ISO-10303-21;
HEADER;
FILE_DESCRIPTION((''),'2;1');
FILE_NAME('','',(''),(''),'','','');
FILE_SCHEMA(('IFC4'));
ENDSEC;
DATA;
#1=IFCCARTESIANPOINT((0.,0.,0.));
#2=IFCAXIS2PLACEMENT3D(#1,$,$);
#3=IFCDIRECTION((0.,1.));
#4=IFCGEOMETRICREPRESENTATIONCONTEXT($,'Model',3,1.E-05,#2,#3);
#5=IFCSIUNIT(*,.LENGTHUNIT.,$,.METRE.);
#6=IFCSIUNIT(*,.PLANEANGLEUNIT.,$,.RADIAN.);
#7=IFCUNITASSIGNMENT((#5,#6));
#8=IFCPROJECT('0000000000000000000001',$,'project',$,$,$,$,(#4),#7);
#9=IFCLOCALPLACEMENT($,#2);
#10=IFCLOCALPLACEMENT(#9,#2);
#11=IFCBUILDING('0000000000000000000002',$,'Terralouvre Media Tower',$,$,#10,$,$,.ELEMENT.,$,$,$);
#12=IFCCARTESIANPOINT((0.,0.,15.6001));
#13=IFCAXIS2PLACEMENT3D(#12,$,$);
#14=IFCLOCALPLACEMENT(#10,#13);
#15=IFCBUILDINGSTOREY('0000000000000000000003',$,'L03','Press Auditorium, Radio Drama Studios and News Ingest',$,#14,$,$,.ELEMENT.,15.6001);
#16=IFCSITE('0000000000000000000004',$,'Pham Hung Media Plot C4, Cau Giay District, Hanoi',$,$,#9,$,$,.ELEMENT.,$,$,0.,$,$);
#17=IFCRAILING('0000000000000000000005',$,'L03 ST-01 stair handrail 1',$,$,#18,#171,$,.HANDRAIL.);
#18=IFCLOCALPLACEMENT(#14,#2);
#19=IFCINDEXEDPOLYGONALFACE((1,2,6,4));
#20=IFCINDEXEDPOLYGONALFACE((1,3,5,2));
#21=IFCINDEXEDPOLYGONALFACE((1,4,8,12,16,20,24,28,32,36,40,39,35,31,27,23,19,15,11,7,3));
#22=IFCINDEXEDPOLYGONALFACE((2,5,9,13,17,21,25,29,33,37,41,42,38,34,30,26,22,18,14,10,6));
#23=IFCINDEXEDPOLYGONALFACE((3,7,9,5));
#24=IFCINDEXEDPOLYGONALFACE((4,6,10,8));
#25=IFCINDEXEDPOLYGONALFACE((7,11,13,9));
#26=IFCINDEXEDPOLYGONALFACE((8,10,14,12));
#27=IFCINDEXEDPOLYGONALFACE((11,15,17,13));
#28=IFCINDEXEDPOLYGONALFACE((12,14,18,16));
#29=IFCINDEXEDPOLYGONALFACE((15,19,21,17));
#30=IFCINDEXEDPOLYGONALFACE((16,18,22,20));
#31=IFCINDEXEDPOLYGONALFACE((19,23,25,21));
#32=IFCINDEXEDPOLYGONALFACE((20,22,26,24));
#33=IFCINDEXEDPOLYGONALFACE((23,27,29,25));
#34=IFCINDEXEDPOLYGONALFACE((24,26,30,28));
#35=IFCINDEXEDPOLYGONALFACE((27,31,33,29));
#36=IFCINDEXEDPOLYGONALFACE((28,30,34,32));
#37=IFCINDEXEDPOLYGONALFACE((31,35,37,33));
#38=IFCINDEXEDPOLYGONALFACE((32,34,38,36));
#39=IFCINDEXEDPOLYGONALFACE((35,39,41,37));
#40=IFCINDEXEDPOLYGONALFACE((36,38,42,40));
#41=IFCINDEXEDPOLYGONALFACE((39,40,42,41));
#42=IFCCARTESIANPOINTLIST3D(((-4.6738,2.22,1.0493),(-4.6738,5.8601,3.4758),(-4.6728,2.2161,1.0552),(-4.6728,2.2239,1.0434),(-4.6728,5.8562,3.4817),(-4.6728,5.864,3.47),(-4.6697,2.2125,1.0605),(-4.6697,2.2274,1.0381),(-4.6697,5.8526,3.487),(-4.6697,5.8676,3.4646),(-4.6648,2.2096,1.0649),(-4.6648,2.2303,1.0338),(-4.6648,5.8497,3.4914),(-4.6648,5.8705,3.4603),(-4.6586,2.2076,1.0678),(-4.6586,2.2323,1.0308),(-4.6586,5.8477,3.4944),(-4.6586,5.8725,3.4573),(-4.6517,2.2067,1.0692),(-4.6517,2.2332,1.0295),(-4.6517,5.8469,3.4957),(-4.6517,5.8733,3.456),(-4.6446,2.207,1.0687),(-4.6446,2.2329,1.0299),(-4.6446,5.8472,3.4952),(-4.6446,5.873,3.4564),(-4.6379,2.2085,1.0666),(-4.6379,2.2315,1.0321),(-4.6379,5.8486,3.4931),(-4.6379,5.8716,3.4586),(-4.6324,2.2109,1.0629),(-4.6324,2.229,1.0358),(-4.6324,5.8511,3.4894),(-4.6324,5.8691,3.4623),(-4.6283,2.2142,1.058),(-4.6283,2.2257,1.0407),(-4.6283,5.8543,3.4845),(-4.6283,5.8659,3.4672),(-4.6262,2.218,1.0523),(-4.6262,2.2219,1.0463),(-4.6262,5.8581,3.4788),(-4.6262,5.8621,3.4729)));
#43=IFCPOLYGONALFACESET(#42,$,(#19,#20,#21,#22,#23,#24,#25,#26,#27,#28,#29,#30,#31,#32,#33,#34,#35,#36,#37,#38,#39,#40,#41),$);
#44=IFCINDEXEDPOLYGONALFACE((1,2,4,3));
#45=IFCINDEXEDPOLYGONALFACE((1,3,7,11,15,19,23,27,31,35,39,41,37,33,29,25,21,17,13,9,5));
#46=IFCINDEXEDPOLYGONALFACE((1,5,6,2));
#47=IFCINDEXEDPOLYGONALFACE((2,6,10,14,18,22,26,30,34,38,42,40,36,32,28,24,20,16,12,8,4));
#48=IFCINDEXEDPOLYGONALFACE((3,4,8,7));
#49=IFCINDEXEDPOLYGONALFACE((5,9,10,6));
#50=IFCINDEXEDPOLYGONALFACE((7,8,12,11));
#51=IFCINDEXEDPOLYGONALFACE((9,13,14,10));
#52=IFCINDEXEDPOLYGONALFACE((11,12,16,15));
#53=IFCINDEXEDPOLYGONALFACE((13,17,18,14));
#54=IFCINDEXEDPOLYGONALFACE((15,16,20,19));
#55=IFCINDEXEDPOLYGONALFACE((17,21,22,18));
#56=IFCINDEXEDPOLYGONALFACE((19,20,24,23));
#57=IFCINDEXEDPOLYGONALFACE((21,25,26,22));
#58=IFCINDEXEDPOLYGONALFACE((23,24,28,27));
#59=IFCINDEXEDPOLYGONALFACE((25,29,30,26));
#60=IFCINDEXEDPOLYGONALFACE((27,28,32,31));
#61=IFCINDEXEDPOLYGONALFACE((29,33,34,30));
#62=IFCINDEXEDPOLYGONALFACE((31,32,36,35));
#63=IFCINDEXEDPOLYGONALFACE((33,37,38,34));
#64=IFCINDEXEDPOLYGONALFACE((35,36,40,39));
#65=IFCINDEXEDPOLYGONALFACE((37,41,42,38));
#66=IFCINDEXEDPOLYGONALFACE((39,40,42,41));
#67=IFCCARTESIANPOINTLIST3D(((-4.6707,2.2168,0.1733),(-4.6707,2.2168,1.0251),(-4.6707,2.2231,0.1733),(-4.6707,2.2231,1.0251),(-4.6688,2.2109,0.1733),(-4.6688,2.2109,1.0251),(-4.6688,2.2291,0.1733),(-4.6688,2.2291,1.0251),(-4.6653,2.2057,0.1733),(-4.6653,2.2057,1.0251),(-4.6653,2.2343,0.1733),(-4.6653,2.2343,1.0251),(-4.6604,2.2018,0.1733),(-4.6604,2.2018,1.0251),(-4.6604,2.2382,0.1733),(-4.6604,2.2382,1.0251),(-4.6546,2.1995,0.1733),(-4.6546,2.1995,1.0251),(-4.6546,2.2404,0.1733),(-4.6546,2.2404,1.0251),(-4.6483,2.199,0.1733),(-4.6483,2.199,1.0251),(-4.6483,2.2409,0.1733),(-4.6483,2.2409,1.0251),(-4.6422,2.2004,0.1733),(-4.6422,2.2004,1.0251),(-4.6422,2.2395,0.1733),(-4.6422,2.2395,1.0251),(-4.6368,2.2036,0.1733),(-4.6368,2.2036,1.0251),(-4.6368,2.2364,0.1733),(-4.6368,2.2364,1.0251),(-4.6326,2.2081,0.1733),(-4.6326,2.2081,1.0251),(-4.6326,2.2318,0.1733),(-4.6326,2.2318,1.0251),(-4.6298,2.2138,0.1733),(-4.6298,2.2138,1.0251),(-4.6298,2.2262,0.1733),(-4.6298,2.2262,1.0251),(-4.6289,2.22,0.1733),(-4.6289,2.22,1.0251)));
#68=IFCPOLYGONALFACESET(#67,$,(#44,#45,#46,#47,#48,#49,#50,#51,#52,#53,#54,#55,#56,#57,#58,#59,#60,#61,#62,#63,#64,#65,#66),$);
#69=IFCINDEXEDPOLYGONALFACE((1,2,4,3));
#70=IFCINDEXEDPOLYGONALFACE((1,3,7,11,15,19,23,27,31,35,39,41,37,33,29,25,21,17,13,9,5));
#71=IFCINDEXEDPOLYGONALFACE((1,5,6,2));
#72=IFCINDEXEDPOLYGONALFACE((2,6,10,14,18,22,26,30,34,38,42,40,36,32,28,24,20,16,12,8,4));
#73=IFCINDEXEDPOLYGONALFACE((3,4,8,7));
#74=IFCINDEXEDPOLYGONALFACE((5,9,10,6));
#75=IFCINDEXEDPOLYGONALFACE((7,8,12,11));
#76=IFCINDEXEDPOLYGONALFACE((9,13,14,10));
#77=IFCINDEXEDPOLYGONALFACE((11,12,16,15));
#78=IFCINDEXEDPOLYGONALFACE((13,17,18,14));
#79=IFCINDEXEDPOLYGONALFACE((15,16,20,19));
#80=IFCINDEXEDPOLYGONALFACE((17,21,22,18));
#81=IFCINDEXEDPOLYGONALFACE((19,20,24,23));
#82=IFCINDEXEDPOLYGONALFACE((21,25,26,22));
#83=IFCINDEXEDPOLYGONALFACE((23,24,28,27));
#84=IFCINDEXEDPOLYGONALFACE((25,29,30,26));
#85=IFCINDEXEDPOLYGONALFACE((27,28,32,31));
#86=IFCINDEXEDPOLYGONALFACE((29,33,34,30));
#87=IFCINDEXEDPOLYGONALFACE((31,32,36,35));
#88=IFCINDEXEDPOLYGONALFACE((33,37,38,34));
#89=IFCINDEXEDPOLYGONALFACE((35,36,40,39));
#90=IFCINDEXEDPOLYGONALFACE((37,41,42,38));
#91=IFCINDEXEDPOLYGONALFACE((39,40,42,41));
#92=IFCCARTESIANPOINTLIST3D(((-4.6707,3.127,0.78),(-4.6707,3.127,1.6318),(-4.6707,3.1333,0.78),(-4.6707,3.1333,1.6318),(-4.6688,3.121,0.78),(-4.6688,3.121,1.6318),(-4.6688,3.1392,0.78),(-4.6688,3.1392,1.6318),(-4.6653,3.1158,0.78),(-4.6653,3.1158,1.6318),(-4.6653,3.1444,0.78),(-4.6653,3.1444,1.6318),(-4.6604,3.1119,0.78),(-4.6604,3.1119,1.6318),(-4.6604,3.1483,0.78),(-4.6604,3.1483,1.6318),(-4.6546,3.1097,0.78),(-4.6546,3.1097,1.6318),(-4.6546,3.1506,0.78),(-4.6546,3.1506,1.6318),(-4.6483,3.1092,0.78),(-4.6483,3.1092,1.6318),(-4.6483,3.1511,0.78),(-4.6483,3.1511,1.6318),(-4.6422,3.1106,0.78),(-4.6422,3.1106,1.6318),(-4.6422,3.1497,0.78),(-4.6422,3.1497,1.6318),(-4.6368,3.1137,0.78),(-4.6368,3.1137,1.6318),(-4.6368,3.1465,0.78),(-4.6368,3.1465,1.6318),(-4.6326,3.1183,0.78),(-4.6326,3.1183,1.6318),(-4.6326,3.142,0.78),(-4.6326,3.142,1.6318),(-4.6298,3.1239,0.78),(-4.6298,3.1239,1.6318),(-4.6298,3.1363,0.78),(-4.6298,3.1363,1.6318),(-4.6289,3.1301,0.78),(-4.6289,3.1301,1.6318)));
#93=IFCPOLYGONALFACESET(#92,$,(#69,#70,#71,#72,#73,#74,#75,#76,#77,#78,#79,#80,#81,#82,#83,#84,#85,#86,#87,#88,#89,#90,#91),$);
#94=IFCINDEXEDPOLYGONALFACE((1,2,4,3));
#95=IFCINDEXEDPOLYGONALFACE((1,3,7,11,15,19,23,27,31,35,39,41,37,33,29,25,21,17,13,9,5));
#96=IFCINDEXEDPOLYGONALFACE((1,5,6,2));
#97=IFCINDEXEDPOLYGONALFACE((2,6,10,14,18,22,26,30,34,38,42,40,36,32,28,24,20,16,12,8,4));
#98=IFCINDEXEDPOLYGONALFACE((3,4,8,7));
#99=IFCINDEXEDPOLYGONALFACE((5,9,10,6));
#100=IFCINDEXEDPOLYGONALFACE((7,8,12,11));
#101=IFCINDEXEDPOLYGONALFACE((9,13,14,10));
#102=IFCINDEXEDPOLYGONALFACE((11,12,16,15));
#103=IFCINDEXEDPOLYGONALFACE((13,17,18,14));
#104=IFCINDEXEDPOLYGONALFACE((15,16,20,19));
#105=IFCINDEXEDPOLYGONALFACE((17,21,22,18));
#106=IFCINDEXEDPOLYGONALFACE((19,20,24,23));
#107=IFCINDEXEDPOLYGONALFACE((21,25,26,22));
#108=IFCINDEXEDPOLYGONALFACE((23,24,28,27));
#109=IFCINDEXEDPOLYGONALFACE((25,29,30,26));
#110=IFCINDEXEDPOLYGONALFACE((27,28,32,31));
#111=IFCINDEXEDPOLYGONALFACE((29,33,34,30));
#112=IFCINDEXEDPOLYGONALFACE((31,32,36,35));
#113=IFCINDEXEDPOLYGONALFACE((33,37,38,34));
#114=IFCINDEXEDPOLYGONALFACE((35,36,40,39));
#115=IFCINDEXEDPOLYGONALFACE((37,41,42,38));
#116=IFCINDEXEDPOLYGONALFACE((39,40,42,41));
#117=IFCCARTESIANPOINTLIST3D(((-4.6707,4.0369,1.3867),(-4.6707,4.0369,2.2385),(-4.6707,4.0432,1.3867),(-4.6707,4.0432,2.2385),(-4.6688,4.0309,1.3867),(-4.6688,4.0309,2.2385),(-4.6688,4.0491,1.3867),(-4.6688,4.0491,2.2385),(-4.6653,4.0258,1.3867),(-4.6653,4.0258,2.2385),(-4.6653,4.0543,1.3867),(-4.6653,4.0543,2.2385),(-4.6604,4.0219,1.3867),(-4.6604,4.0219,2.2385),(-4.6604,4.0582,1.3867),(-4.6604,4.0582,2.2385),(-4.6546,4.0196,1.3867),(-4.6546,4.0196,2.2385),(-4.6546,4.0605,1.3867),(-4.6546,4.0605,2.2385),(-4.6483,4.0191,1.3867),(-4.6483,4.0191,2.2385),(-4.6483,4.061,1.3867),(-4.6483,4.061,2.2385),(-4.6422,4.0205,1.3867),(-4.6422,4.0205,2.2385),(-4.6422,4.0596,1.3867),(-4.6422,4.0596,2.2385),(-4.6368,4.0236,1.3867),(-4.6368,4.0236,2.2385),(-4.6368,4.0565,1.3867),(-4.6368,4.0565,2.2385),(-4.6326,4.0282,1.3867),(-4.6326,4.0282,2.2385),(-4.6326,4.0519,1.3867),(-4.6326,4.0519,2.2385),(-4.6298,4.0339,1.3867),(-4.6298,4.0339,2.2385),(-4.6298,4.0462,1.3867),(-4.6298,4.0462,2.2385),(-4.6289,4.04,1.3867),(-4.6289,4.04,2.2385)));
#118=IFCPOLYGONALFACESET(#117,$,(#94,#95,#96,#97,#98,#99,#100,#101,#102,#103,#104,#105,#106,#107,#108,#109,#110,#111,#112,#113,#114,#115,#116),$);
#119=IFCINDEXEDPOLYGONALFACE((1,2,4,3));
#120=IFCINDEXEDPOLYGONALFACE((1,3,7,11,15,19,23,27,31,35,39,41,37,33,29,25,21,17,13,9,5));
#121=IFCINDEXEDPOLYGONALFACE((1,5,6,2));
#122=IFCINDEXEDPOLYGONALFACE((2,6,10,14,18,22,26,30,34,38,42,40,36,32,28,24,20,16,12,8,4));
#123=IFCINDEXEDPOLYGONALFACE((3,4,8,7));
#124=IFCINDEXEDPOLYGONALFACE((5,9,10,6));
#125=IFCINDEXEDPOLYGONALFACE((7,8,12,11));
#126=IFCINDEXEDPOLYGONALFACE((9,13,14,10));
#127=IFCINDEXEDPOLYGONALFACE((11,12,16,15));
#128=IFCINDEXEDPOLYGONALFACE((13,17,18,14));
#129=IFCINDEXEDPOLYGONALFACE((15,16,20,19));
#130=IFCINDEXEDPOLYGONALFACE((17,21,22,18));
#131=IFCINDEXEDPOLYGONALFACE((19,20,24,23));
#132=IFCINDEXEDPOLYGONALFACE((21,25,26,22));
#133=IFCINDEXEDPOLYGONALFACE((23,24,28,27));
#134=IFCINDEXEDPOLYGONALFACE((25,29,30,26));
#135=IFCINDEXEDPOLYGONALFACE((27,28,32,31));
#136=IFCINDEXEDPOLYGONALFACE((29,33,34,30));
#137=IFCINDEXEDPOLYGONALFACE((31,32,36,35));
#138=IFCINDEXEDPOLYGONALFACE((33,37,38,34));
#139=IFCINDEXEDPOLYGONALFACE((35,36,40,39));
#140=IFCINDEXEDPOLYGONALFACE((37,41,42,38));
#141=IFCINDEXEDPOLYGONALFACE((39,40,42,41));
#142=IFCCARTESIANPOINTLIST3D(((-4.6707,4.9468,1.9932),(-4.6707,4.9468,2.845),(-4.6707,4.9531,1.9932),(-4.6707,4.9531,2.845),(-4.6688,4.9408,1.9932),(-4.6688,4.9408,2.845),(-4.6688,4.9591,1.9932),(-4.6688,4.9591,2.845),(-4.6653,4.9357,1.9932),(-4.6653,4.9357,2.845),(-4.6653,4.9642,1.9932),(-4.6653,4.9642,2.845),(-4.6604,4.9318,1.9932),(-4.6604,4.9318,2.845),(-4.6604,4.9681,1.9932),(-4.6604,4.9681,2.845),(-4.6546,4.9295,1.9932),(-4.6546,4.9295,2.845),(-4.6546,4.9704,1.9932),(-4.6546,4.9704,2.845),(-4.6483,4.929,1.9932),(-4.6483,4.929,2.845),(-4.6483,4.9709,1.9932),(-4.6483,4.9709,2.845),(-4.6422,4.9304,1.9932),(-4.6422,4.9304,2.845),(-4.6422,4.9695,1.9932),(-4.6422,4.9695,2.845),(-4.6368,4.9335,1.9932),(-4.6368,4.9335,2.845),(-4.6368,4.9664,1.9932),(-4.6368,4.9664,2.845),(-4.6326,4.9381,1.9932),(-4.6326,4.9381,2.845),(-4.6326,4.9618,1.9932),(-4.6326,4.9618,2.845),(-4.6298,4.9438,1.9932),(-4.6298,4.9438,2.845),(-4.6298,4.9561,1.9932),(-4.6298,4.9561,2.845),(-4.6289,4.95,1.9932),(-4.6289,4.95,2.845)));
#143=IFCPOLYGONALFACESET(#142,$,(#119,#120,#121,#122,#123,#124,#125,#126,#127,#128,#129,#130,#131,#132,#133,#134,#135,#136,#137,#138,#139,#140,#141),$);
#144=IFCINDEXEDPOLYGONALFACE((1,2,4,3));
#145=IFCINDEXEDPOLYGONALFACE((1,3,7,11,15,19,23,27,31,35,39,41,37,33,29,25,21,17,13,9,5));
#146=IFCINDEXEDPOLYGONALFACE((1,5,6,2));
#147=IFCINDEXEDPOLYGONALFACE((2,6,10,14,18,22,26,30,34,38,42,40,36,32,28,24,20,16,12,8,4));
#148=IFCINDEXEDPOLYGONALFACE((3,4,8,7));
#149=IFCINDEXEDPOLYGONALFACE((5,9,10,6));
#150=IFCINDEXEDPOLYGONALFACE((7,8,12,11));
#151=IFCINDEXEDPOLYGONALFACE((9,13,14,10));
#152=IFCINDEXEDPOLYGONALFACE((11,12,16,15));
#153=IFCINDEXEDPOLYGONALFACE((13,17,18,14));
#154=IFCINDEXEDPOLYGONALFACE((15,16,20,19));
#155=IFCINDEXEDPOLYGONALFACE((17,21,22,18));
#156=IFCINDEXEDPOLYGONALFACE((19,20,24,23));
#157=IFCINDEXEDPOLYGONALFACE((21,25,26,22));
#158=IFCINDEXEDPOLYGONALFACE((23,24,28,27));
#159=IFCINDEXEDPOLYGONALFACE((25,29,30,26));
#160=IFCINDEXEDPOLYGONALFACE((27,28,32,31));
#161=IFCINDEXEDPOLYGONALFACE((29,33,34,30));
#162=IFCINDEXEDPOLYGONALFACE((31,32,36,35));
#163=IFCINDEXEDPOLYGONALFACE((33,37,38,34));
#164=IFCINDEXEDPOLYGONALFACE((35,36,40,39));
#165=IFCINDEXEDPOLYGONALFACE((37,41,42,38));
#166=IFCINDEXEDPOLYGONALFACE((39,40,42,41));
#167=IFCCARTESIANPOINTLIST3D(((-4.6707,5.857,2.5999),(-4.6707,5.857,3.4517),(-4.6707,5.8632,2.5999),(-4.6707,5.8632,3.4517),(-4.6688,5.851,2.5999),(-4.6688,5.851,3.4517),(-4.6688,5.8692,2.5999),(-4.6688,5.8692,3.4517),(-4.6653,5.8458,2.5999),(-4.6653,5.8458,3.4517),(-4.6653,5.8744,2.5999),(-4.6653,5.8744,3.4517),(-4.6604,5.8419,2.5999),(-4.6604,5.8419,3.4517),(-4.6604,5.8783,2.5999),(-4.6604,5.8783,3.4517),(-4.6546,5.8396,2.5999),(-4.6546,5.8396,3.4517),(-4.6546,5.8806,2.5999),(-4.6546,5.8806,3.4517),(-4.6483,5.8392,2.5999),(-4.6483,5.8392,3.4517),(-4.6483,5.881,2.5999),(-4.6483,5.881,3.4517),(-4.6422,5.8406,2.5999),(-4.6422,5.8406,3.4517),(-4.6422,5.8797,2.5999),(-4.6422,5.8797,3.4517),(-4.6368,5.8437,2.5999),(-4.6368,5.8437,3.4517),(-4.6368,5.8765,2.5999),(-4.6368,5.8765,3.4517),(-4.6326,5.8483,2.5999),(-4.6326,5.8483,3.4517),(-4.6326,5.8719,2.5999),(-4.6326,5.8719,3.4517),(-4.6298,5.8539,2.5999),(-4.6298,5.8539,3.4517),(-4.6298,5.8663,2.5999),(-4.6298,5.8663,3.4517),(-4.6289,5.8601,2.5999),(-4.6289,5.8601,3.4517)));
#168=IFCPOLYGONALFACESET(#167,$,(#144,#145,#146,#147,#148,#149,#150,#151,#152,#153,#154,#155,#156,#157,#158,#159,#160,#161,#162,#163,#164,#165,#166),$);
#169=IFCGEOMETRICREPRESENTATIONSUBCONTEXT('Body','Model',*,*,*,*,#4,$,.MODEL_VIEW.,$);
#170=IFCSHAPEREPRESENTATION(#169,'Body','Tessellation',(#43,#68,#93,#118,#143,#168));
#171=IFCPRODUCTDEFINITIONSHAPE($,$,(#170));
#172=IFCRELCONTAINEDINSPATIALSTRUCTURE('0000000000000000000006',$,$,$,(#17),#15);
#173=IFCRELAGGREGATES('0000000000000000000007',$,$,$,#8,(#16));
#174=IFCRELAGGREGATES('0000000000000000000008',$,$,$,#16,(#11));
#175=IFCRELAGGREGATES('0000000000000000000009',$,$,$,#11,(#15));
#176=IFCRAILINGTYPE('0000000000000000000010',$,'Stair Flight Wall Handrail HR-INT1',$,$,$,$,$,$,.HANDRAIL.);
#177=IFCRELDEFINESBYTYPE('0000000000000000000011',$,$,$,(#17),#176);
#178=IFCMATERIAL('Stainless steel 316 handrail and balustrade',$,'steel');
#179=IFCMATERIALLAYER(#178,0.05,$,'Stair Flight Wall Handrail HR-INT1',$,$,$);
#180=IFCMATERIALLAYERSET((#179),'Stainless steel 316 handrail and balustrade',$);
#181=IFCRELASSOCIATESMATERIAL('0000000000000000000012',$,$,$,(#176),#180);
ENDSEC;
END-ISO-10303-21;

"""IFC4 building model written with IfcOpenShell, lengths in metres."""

from ifc_helpers import new_model, si_unit, direction, frame, origin, origin_2d, place, context, subcontext, project, spatial, circle, extrude, material, layer, layer_set, type_object, element, save


model = new_model("IFC4")

# Units and contexts
model_context = context("Model", 3, precision=1e-05, world=origin(), true_north=direction((0.0, 1.0)))
body_context = subcontext(model_context, "Body", "Model", "MODEL_VIEW")
ifc_project = project(units=[si_unit("LENGTHUNIT", "METRE"), si_unit("PLANEANGLEUNIT", "RADIAN")], contexts=[model_context])

# Site, building, storey
site_placement = place(None, origin())
site = spatial("IfcSite", under=ifc_project, at=site_placement, Name="Pham Hung Media Plot C4, Cau Giay District, Hanoi", CompositionType="ELEMENT", RefElevation=0.0)
building_placement = place(site_placement, origin())
building = spatial("IfcBuilding", under=site, at=building_placement, Name="Terralouvre Media Tower", CompositionType="ELEMENT")
storey_placement = place(building_placement, frame((0.0, 0.0, 15.6001)))
storey = spatial("IfcBuildingStorey", under=building, at=storey_placement, Name="L03", Description="Press Auditorium, Radio Drama Studios and News Ingest", CompositionType="ELEMENT", Elevation=15.6001)

# Railing
ifc_material_1 = material(Name="Stainless steel 316 handrail and balustrade", Category="steel")
ifc_layer_1 = layer(ifc_material_1, 0.05, Name="Stair Flight Wall Handrail HR-INT1")
ifc_layer_set_1 = layer_set([ifc_layer_1], Name="Stainless steel 316 handrail and balustrade")
railing_type_1 = type_object("IfcRailingType", Name="Stair Flight Wall Handrail HR-INT1", PredefinedType="HANDRAIL", material=ifc_layer_set_1)
railing_1_placement = place(storey_placement, frame((-4.6499, 2.22, 0.1733)))
element("IfcRailing", 1, at=railing_1_placement, inside=storey, type_object=railing_type_1, Name="L03 ST-01 stair handrail 1", PredefinedType="HANDRAIL", context=body_context, shape_type="SweptSolid", body=[
    extrude(circle(Radius=0.0239, at=origin_2d()), frame((0.0, 0.0, 0.876), z_axis=(0.0, 0.832076, 0.554662), x_axis=(-1.0, 0.0, 0.0)), (0.0, 0.0, 1.0), 4.3748),
    extrude(circle(Radius=0.021, at=origin_2d()), origin(), (0.0, 0.0, 1.0), 0.8518),
    extrude(circle(Radius=0.021, at=origin_2d()), frame((0.0, 0.9102, 0.6067)), (0.0, 0.0, 1.0), 0.8518),
    extrude(circle(Radius=0.021, at=origin_2d()), frame((0.0, 1.8201, 1.2134)), (0.0, 0.0, 1.0), 0.8518),
    extrude(circle(Radius=0.021, at=origin_2d()), frame((0.0, 2.73, 1.8198)), (0.0, 0.0, 1.0), 0.8518),
    extrude(circle(Radius=0.021, at=origin_2d()), frame((0.0, 3.6401, 2.4265)), (0.0, 0.0, 1.0), 0.8518),
])

save(model, "model.ifc")
